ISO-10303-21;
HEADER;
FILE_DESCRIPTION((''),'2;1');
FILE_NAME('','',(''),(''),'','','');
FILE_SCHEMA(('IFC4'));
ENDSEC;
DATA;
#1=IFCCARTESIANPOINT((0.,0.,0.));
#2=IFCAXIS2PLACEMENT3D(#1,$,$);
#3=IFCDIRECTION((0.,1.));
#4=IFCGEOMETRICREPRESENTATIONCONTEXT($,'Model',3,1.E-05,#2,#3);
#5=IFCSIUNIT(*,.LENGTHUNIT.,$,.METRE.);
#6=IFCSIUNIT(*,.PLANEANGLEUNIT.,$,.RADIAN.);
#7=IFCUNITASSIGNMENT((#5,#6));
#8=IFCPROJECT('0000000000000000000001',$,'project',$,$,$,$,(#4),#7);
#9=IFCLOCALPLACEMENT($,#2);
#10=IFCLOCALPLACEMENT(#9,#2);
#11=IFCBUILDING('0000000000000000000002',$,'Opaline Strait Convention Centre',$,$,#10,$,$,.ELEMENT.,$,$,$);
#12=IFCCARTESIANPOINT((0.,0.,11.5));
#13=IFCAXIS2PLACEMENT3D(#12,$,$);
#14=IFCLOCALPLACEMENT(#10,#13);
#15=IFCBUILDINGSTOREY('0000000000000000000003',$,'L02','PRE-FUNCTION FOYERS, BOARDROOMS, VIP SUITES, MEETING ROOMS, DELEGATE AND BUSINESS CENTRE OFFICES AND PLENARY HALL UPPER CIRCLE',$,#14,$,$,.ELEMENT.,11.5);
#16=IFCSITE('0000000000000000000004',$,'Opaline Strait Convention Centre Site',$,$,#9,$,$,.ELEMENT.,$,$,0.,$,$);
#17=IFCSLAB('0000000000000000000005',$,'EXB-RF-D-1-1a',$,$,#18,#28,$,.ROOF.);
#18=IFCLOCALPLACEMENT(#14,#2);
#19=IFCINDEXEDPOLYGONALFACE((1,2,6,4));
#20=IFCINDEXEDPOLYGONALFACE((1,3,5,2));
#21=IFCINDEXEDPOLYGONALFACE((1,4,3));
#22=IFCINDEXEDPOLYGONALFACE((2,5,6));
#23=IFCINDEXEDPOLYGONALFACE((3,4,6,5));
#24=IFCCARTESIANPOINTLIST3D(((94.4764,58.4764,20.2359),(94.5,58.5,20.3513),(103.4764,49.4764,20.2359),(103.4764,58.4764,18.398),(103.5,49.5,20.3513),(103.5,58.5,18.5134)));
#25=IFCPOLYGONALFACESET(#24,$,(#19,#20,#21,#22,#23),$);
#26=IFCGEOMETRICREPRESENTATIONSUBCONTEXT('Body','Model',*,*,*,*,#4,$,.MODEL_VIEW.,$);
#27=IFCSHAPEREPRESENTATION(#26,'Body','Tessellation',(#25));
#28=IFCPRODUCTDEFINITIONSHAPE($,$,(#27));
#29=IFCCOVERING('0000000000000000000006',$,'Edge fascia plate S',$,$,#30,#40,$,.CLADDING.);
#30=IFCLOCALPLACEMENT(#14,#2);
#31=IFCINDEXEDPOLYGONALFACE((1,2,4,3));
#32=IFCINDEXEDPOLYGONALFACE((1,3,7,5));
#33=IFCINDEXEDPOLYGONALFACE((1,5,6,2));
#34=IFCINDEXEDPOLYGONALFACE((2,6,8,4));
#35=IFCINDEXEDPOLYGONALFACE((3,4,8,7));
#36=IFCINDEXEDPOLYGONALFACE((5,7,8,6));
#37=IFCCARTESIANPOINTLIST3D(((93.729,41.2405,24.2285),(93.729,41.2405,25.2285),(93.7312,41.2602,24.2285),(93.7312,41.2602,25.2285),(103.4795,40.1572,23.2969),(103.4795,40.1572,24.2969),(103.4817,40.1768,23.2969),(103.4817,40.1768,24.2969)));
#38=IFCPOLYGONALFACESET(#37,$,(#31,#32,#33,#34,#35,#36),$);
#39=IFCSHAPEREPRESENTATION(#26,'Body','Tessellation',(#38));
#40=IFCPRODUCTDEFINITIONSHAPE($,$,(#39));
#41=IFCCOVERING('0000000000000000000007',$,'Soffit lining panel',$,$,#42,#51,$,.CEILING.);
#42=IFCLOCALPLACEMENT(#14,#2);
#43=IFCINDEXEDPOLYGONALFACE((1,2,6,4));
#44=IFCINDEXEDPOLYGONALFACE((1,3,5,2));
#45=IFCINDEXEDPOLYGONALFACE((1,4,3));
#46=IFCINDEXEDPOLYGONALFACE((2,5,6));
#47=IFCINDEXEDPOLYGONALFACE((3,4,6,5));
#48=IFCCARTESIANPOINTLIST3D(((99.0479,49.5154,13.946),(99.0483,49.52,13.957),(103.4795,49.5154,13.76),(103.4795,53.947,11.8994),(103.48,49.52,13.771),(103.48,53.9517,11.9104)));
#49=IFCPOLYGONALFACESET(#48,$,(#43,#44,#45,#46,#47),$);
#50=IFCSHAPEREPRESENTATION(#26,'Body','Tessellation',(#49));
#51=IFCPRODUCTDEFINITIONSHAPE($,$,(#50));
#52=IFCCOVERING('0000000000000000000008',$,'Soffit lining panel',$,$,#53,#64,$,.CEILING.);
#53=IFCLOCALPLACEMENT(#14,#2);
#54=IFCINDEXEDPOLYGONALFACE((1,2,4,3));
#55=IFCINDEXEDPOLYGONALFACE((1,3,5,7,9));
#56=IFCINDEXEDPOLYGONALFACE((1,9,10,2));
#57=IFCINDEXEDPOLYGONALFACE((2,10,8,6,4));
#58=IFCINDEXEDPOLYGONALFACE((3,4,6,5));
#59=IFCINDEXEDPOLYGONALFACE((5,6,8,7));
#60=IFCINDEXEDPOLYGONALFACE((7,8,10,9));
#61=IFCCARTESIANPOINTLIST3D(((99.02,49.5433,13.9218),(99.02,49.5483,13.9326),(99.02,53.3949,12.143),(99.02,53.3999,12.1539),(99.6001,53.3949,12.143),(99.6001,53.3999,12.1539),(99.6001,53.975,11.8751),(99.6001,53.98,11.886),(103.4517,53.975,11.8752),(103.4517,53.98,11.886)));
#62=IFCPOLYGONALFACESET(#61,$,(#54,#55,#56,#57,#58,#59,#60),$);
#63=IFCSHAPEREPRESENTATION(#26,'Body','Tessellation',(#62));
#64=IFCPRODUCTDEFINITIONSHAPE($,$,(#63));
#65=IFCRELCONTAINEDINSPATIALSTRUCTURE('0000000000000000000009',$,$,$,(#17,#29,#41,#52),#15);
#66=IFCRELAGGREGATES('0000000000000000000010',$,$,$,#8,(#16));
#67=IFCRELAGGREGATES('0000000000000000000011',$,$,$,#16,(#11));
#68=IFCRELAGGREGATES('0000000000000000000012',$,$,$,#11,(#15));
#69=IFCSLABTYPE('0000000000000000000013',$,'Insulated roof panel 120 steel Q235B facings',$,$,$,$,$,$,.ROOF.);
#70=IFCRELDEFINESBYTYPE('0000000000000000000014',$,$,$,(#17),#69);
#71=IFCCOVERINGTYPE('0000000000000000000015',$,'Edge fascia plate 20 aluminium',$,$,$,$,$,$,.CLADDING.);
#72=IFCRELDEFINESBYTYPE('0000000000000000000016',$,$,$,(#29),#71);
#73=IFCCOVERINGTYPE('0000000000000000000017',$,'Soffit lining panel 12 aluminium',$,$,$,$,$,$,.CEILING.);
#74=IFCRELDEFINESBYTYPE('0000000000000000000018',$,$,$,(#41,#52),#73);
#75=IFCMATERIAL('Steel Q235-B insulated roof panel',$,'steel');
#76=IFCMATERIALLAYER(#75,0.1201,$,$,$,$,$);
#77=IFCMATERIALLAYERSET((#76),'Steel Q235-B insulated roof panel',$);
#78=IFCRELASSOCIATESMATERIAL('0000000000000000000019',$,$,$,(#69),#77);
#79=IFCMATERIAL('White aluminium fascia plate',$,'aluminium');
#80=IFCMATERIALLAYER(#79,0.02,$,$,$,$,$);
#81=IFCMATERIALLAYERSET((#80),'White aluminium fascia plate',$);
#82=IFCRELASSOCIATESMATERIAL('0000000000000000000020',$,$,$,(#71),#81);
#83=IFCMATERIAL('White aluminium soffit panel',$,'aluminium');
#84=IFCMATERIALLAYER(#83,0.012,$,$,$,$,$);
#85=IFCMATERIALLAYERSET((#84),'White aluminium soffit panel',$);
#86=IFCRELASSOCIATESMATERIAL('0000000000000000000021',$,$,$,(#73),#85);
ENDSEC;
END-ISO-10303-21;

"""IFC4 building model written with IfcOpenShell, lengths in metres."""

from ifc_helpers import new_model, si_unit, direction, frame, origin, place, context, subcontext, project, spatial, polyline, outline, extrude, material, layer, layer_set, type_object, element, save


model = new_model("IFC4")

# Units and contexts
model_context = context("Model", 3, precision=1e-05, world=origin(), true_north=direction((0.0, 1.0)))
body_context = subcontext(model_context, "Body", "Model", "MODEL_VIEW")
ifc_project = project(units=[si_unit("LENGTHUNIT", "METRE"), si_unit("PLANEANGLEUNIT", "RADIAN")], contexts=[model_context])

# Site, building, storey
site_placement = place(None, origin())
site = spatial("IfcSite", under=ifc_project, at=site_placement, Name="Opaline Strait Convention Centre Site", CompositionType="ELEMENT", RefElevation=0.0)
building_placement = place(site_placement, origin())
building = spatial("IfcBuilding", under=site, at=building_placement, Name="Opaline Strait Convention Centre", CompositionType="ELEMENT")
storey_placement = place(building_placement, frame((0.0, 0.0, 11.5)))
storey = spatial("IfcBuildingStorey", under=building, at=storey_placement, Name="L02", Description="PRE-FUNCTION FOYERS, BOARDROOMS, VIP SUITES, MEETING ROOMS, DELEGATE AND BUSINESS CENTRE OFFICES AND PLENARY HALL UPPER CIRCLE", CompositionType="ELEMENT", Elevation=11.5)

# Slab
ifc_material_1 = material(Name="Steel Q235-B insulated roof panel", Category="steel")
ifc_layer_1 = layer(ifc_material_1, 0.1201)
ifc_layer_set_1 = layer_set([ifc_layer_1], Name="Steel Q235-B insulated roof panel")
slab_type = type_object("IfcSlabType", Name="Insulated roof panel 120 steel Q235B facings", PredefinedType="ROOF", material=ifc_layer_set_1)
slab_1_placement = place(storey_placement, frame((103.5, 49.5, 20.3513), z_axis=(0.196192, 0.196192, 0.960738), x_axis=(0.0, 0.979779, -0.200081)))
element("IfcSlab", 1, at=slab_1_placement, inside=storey, type_object=slab_type, Name="EXB-RF-D-1-1a", PredefinedType="ROOF", context=body_context, shape_type="SweptSolid", body=[
    extrude(outline(polyline([(0.0, 0.0), (9.1857, 0.0), (8.818, 9.1784), (0.0, 0.0)])), origin(), (0.0, 0.0, -1.0), 0.1201),
])

# Coverings
ifc_material_2 = material(Name="White aluminium fascia plate", Category="aluminium")
ifc_layer_2 = layer(ifc_material_2, 0.02)
ifc_layer_set_2 = layer_set([ifc_layer_2], Name="White aluminium fascia plate")
covering_type_1 = type_object("IfcCoveringType", Name="Edge fascia plate 20 aluminium", PredefinedType="CLADDING", material=ifc_layer_set_2)
covering_1_placement = place(storey_placement, frame((98.6064, 40.7185, 24.2627), z_axis=(-0.110432, -0.993884, 0.0), x_axis=(0.993884, -0.110432, 0.0)))
element("IfcCovering", 2, at=covering_1_placement, inside=storey, type_object=covering_type_1, Name="Edge fascia plate S", PredefinedType="CLADDING", context=body_context, shape_type="SweptSolid", body=[
    extrude(outline(polyline([(-4.9053, 0.9658), (4.9053, 0.0342), (4.9053, -0.9658), (-4.9053, -0.0342), (-4.9053, 0.9658)])), origin(), (0.0, 0.0, 1.0), 0.0198),
])
ifc_material_3 = material(Name="White aluminium soffit panel", Category="aluminium")
ifc_layer_3 = layer(ifc_material_3, 0.012)
ifc_layer_set_3 = layer_set([ifc_layer_3], Name="White aluminium soffit panel")
covering_type_2 = type_object("IfcCoveringType", Name="Soffit lining panel 12 aluminium", PredefinedType="CEILING", material=ifc_layer_set_3)
covering_2_placement = place(storey_placement, frame((99.0483, 49.52, 13.957), z_axis=(0.038677, 0.38682, 0.921344), x_axis=(0.672174, 0.672174, -0.310425)))
element("IfcCovering", 3, at=covering_2_placement, inside=storey, type_object=covering_type_2, Name="Soffit lining panel", PredefinedType="CEILING", context=body_context, shape_type="SweptSolid", body=[
    extrude(outline(polyline([(0.0, 0.0), (6.593, 0.0), (3.0366, -3.2331), (0.0, 0.0)])), origin(), (0.0, 0.0, -1.0), 0.012),
])
covering_3_placement = place(storey_placement, frame((99.02, 49.5483, 13.9326), z_axis=(-0.000015, 0.419274, 0.90786), x_axis=(0.0, 0.90786, -0.419274)))
element("IfcCovering", 4, at=covering_3_placement, inside=storey, type_object=covering_type_2, Name="Soffit lining panel", PredefinedType="CEILING", context=body_context, shape_type="SweptSolid", body=[
    extrude(outline(polyline([(0.0, 0.0), (4.2425, 0.0), (4.2425, -0.5801), (4.8814, -0.5801), (4.8814, -4.4316), (0.0, 0.0)])), origin(), (0.0, 0.0, -1.0), 0.012),
])

save(model, "model.ifc")
